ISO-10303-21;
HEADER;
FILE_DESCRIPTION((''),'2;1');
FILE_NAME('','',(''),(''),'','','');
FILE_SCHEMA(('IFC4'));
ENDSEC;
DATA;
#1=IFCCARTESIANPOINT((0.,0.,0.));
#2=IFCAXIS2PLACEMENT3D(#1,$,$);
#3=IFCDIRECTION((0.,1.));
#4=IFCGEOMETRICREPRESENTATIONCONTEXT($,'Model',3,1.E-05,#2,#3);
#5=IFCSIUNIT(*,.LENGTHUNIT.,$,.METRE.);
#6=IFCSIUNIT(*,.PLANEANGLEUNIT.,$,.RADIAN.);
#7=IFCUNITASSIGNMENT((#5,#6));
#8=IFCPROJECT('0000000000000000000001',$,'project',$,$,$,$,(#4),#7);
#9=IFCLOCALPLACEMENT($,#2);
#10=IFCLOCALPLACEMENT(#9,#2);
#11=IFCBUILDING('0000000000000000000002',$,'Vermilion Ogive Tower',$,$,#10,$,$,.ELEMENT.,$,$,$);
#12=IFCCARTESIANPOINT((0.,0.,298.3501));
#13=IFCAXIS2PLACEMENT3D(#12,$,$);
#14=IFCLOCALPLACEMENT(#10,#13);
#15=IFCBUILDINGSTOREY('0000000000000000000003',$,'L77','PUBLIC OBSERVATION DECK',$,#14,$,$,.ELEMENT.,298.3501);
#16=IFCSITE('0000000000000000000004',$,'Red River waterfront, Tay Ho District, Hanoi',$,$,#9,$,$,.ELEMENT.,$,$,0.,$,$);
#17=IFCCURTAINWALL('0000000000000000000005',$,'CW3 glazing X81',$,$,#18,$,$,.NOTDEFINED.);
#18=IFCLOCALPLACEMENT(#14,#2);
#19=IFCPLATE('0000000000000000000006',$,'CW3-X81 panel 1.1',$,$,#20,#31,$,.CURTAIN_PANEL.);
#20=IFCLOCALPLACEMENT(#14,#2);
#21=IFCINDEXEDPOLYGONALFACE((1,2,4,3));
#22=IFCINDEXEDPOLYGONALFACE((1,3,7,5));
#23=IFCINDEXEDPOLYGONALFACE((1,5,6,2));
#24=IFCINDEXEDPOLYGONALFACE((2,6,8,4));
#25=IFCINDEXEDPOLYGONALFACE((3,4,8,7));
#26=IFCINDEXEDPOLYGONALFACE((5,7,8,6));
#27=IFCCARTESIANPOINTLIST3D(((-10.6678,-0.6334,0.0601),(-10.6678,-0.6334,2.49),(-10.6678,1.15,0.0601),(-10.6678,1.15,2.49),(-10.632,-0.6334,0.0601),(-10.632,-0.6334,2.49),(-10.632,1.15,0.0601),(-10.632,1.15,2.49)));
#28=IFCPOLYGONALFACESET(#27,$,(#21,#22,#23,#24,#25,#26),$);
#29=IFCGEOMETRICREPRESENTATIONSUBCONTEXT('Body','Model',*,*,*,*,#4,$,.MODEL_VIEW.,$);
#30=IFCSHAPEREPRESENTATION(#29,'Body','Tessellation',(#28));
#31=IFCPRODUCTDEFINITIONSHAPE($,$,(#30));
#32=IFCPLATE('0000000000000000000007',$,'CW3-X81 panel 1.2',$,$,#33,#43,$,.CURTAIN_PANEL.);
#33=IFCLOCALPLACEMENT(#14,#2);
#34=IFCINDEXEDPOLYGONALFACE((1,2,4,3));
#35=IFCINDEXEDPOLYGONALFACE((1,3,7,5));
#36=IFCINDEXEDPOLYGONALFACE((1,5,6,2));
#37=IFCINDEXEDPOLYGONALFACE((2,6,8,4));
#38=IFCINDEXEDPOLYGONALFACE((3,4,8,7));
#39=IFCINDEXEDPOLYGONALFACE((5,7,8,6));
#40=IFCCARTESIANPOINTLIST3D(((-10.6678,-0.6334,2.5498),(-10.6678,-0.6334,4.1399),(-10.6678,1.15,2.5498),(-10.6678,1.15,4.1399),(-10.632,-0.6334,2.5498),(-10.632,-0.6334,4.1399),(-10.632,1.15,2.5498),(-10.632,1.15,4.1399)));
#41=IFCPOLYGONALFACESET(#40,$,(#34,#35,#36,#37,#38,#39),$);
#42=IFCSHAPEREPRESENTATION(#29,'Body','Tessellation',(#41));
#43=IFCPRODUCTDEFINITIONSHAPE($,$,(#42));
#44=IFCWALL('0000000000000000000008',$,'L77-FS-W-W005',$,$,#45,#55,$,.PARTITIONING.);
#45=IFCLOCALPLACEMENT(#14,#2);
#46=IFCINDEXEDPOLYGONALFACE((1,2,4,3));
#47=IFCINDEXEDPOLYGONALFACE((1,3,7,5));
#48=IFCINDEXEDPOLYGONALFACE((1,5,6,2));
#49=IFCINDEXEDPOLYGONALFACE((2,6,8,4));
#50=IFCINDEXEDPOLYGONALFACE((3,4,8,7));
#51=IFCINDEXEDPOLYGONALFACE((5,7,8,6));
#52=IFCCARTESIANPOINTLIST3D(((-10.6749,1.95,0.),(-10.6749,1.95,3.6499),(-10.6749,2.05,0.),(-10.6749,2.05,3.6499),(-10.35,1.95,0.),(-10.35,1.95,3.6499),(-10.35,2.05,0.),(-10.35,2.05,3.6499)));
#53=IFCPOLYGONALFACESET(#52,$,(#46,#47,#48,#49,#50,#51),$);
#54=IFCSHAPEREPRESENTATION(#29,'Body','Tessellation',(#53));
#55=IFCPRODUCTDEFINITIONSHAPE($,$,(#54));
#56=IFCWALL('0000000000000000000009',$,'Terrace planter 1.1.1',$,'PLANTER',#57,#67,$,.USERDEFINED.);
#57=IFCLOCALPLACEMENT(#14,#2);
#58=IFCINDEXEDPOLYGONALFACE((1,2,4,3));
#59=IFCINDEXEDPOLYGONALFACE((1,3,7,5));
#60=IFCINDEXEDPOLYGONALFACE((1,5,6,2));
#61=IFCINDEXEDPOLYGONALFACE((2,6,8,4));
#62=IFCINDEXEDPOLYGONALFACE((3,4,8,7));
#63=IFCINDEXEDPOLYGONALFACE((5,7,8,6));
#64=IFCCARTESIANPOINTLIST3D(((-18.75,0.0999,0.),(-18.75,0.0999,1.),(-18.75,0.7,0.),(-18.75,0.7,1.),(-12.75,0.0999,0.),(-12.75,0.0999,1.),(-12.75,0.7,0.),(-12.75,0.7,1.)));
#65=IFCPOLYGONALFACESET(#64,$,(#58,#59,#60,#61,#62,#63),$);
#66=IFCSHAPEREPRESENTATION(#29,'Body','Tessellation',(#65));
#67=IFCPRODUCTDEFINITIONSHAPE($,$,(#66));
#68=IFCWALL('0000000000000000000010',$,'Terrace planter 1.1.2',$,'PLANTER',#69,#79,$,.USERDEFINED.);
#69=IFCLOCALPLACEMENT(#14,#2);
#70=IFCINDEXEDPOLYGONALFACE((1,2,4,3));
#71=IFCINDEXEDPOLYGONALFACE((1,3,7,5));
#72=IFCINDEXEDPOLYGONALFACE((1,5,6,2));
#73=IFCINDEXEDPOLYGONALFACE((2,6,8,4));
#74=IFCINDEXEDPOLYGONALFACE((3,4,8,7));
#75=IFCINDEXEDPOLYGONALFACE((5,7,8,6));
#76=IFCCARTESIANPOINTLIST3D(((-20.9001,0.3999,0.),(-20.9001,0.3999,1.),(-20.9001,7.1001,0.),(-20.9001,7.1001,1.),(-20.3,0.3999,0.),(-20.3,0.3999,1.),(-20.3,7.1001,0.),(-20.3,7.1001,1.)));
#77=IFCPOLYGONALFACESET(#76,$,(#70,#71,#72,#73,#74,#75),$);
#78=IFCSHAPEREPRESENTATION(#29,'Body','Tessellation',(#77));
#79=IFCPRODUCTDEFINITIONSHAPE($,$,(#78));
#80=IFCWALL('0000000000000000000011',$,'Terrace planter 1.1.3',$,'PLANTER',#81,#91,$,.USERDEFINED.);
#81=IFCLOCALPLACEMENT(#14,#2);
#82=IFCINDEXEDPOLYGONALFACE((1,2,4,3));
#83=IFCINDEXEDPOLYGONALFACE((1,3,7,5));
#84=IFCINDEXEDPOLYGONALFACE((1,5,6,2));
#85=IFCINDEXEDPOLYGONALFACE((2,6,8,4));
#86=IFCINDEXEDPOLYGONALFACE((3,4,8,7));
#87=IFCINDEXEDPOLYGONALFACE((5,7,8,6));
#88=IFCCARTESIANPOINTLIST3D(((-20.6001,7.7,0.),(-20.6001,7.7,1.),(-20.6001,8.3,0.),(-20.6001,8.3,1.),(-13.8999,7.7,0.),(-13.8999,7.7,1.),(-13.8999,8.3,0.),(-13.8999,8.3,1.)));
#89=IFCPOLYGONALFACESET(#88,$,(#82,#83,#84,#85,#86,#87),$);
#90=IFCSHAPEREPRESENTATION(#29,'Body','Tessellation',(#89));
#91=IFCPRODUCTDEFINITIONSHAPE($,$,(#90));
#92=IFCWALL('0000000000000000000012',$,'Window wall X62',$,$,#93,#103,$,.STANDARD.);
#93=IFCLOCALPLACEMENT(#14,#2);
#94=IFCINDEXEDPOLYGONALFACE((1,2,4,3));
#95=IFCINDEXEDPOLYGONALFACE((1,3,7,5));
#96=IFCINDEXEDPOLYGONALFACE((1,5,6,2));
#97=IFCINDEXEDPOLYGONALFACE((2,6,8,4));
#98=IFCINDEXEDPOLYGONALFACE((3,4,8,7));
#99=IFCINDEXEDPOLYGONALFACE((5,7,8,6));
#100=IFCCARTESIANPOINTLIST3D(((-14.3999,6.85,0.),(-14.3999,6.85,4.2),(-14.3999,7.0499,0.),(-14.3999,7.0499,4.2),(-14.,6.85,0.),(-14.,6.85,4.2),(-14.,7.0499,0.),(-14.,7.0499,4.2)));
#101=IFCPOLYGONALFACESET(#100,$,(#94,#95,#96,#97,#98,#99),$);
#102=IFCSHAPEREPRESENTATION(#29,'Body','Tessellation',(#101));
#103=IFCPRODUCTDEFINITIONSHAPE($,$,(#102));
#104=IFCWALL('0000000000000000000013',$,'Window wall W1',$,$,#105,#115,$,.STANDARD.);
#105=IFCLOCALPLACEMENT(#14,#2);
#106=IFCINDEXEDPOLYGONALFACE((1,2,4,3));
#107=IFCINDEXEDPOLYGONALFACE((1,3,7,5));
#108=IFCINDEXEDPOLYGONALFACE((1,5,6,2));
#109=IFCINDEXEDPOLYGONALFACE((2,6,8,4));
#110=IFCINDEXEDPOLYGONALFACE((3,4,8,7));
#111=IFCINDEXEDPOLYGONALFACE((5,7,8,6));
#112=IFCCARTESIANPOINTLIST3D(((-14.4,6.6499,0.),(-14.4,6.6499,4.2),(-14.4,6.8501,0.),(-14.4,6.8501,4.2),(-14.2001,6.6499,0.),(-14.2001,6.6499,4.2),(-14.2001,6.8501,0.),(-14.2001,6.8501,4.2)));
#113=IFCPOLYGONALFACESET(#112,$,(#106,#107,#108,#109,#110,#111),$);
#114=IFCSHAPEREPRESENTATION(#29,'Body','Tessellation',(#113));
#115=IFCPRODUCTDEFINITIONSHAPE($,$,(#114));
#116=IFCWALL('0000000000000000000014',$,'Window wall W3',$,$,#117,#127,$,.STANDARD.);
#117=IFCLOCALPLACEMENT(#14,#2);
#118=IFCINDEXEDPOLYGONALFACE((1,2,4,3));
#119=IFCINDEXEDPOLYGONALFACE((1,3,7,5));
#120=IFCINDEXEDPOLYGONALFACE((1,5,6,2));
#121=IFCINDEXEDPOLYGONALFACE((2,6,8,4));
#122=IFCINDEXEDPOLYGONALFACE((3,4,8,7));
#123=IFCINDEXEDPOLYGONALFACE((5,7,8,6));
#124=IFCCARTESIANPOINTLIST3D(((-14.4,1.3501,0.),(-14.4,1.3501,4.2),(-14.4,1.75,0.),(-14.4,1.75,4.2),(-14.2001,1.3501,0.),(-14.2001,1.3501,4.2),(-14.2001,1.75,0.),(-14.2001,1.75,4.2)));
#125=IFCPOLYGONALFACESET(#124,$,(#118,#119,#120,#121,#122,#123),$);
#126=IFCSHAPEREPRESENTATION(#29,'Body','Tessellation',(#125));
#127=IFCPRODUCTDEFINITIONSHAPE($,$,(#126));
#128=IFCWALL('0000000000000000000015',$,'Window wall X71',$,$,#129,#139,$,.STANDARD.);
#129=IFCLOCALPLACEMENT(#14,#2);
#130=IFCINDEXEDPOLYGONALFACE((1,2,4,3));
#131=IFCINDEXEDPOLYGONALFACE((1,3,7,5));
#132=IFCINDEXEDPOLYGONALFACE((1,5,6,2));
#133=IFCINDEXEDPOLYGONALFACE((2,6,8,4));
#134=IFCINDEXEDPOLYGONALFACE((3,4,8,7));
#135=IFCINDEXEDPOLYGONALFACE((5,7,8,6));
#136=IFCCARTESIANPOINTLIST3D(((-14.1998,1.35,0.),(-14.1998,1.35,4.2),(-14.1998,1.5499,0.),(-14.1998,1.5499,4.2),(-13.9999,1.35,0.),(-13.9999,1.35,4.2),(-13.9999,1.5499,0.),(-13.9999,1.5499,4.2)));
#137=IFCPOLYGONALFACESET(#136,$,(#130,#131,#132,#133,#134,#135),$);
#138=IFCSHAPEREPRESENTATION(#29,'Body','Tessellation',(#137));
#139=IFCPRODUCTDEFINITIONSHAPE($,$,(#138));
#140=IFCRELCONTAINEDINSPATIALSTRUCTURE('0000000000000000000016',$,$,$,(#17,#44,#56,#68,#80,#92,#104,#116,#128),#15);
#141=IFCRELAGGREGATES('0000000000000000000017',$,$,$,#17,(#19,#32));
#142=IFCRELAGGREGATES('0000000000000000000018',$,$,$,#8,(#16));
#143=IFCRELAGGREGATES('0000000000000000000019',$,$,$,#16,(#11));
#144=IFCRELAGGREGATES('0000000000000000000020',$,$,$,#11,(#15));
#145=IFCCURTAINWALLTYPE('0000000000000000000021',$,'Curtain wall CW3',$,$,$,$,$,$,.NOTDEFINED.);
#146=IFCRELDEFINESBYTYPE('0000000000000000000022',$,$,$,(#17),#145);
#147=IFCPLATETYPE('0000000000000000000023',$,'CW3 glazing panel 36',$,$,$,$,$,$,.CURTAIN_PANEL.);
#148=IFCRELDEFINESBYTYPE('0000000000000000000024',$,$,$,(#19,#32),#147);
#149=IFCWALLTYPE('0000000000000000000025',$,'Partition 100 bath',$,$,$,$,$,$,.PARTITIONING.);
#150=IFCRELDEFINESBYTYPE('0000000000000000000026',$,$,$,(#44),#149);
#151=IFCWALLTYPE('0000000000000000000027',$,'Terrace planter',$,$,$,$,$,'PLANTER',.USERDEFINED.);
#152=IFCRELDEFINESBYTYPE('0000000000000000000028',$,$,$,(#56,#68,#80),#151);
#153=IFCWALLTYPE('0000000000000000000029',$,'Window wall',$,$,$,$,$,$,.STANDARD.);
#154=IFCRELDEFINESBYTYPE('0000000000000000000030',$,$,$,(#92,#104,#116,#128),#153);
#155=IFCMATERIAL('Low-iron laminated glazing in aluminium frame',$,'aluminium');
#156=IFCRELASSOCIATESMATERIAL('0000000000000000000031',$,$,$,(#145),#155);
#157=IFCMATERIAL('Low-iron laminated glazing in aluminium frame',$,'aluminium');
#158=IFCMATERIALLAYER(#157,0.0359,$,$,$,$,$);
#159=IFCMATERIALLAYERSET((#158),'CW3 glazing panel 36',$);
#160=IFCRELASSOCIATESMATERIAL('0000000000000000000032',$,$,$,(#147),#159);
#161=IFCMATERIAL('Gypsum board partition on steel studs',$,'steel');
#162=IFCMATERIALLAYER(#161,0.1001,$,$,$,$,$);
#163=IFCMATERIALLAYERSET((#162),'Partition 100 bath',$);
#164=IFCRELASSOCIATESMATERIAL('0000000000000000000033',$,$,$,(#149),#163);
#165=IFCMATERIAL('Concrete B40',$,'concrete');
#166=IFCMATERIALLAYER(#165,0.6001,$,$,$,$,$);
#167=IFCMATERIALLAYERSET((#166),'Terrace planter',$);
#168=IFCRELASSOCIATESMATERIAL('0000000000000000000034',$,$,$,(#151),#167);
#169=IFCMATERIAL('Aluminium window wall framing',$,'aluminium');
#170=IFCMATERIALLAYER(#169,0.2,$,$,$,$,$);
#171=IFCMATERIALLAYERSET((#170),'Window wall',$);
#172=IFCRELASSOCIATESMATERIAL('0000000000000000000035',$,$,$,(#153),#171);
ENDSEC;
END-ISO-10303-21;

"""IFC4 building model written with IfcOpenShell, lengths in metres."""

from ifc_helpers import new_model, si_unit, direction, frame, frame_2d, origin, origin_2d, place, context, subcontext, project, spatial, rectangle, extrude, material, layer, layer_set, type_object, element, aggregate, save


model = new_model("IFC4")

# Units and contexts
model_context = context("Model", 3, precision=1e-05, world=origin(), true_north=direction((0.0, 1.0)))
body_context = subcontext(model_context, "Body", "Model", "MODEL_VIEW")
ifc_project = project(units=[si_unit("LENGTHUNIT", "METRE"), si_unit("PLANEANGLEUNIT", "RADIAN")], contexts=[model_context])

# Site, building, storey
site_placement = place(None, origin())
site = spatial("IfcSite", under=ifc_project, at=site_placement, Name="Red River waterfront, Tay Ho District, Hanoi", CompositionType="ELEMENT", RefElevation=0.0)
building_placement = place(site_placement, origin())
building = spatial("IfcBuilding", under=site, at=building_placement, Name="Vermilion Ogive Tower", CompositionType="ELEMENT")
storey_placement = place(building_placement, frame((0.0, 0.0, 298.3501)))
storey = spatial("IfcBuildingStorey", under=building, at=storey_placement, Name="L77", Description="PUBLIC OBSERVATION DECK", CompositionType="ELEMENT", Elevation=298.3501)

# Curtain wall
ifc_material_1 = material(Name="Low-iron laminated glazing in aluminium frame", Category="aluminium")
curtain_wall_type = type_object("IfcCurtainWallType", Name="Curtain wall CW3", PredefinedType="NOTDEFINED", material=ifc_material_1)
curtain_wall_1_placement = place(storey_placement, origin())
curtain_wall_1 = element("IfcCurtainWall", 1, at=curtain_wall_1_placement, inside=storey, type_object=curtain_wall_type, Name="CW3 glazing X81", PredefinedType="NOTDEFINED")

# Plates
ifc_material_2 = material(Name="Low-iron laminated glazing in aluminium frame", Category="aluminium")
ifc_layer_1 = layer(ifc_material_2, 0.0359)
ifc_layer_set_1 = layer_set([ifc_layer_1], Name="CW3 glazing panel 36")
plate_type = type_object("IfcPlateType", Name="CW3 glazing panel 36", PredefinedType="CURTAIN_PANEL", material=ifc_layer_set_1)
plate_1_placement = place(storey_placement, frame((-10.6499, 0.2583, 0.0601), z_axis=(0.0, 0.0, 1.0), x_axis=(0.0, -1.0, 0.0)))
plate_1 = element("IfcPlate", 2, at=plate_1_placement, type_object=plate_type, Name="CW3-X81 panel 1.1", PredefinedType="CURTAIN_PANEL", context=body_context, shape_type="SweptSolid", body=[
    extrude(rectangle(XDim=1.7834, YDim=0.0359, at=origin_2d()), origin(), (0.0, 0.0, 1.0), 2.4299),
])
plate_2_placement = place(storey_placement, frame((-10.6499, 0.2583, 2.5498), z_axis=(0.0, 0.0, 1.0), x_axis=(0.0, -1.0, 0.0)))
plate_2 = element("IfcPlate", 3, at=plate_2_placement, type_object=plate_type, Name="CW3-X81 panel 1.2", PredefinedType="CURTAIN_PANEL", context=body_context, shape_type="SweptSolid", body=[
    extrude(rectangle(XDim=1.7834, YDim=0.0359, at=origin_2d()), origin(), (0.0, 0.0, 1.0), 1.5901),
])
aggregate(curtain_wall_1, [plate_1, plate_2])

# Walls
ifc_material_3 = material(Name="Gypsum board partition on steel studs", Category="steel")
ifc_layer_2 = layer(ifc_material_3, 0.1001)
ifc_layer_set_2 = layer_set([ifc_layer_2], Name="Partition 100 bath")
wall_type_1 = type_object("IfcWallType", Name="Partition 100 bath", PredefinedType="PARTITIONING", material=ifc_layer_set_2)
wall_1_placement = place(storey_placement, frame((-10.675, 2.0, 0.0), z_axis=(0.0, 0.0, 1.0), x_axis=(1.0, 0.0, 0.0)))
element("IfcWall", 4, at=wall_1_placement, inside=storey, type_object=wall_type_1, Name="L77-FS-W-W005", PredefinedType="PARTITIONING", context=body_context, shape_type="SweptSolid", body=[
    extrude(rectangle(XDim=0.325, YDim=0.1001, at=frame_2d((0.1626, 0.0))), origin(), (0.0, 0.0, 1.0), 3.6499),
])
ifc_material_4 = material(Name="Concrete B40", Category="concrete")
ifc_layer_3 = layer(ifc_material_4, 0.6001)
ifc_layer_set_3 = layer_set([ifc_layer_3], Name="Terrace planter")
wall_type_2 = type_object("IfcWallType", Name="Terrace planter", ElementType="PLANTER", PredefinedType="USERDEFINED", material=ifc_layer_set_3)
wall_2_placement = place(storey_placement, frame((-12.75, 0.3999, 0.0), z_axis=(0.0, 0.0, 1.0), x_axis=(-1.0, 0.0, 0.0)))
element("IfcWall", 5, at=wall_2_placement, inside=storey, type_object=wall_type_2, Name="Terrace planter 1.1.1", ObjectType="PLANTER", PredefinedType="USERDEFINED", context=body_context, shape_type="SweptSolid", body=[
    extrude(rectangle(XDim=6.0, YDim=0.6001, at=frame_2d((3.0, 0.0))), origin(), (0.0, 0.0, 1.0), 1.0),
])
for number, where, z_axis, x_axis, name in (
    (6, (-20.6001, 0.3999, 0.0), (0.0, 0.0, 1.0), (0.0, 1.0, 0.0), "Terrace planter 1.1.2"),
    (7, (-20.6001, 8.0, 0.0), (0.0, 0.0, 1.0), (1.0, 0.0, 0.0), "Terrace planter 1.1.3"),
):
    element("IfcWall", number, at=place(storey_placement, frame(where, z_axis=z_axis, x_axis=x_axis)), inside=storey, type_object=wall_type_2, Name=name, ObjectType="PLANTER", PredefinedType="USERDEFINED", context=body_context, shape_type="SweptSolid", body=[
        extrude(rectangle(XDim=6.7002, YDim=0.6001, at=frame_2d((3.3501, 0.0))), origin(), (0.0, 0.0, 1.0), 1.0),
    ])

# Shared definitions
ifc_material_5 = material(Name="Aluminium window wall framing", Category="aluminium")
ifc_layer_4 = layer(ifc_material_5, 0.2)
ifc_layer_set_4 = layer_set([ifc_layer_4], Name="Window wall")
wall_type_3 = type_object("IfcWallType", Name="Window wall", PredefinedType="STANDARD", material=ifc_layer_set_4)

# Walls
wall_3_placement = place(storey_placement, frame((-14.0, 6.95, 0.0), z_axis=(0.0, 0.0, 1.0), x_axis=(-1.0, 0.0, 0.0)))
element("IfcWall", 8, at=wall_3_placement, inside=storey, type_object=wall_type_3, Name="Window wall X62", PredefinedType="STANDARD", context=body_context, shape_type="SweptSolid", body=[
    extrude(rectangle(XDim=0.3999, YDim=0.2, at=frame_2d((0.2, 0.0))), origin(), (0.0, 0.0, 1.0), 4.2),
])
wall_4_placement = place(storey_placement, frame((-14.3, 6.8501, 0.0), z_axis=(0.0, 0.0, 1.0), x_axis=(0.0, -1.0, 0.0)))
element("IfcWall", 9, at=wall_4_placement, inside=storey, type_object=wall_type_3, Name="Window wall W1", PredefinedType="STANDARD", context=body_context, shape_type="SweptSolid", body=[
    extrude(rectangle(XDim=0.2002, YDim=0.2, at=frame_2d((0.1001, 0.0))), origin(), (0.0, 0.0, 1.0), 4.2),
])

# Walls
wall_5_placement = place(storey_placement, frame((-14.3, 1.75, 0.0), z_axis=(0.0, 0.0, 1.0), x_axis=(0.0, -1.0, 0.0)))
element("IfcWall", 10, at=wall_5_placement, inside=storey, type_object=wall_type_3, Name="Window wall W3", PredefinedType="STANDARD", context=body_context, shape_type="SweptSolid", body=[
    extrude(rectangle(XDim=0.3999, YDim=0.2, at=frame_2d((0.2, 0.0))), origin(), (0.0, 0.0, 1.0), 4.2),
])
wall_6_placement = place(storey_placement, frame((-14.2, 1.45, 0.0), z_axis=(0.0, 0.0, 1.0), x_axis=(1.0, 0.0, 0.0)))
element("IfcWall", 11, at=wall_6_placement, inside=storey, type_object=wall_type_3, Name="Window wall X71", PredefinedType="STANDARD", context=body_context, shape_type="SweptSolid", body=[
    extrude(rectangle(XDim=0.2, YDim=0.2, at=frame_2d((0.1001, 0.0))), origin(), (0.0, 0.0, 1.0), 4.2),
])

save(model, "model.ifc")
